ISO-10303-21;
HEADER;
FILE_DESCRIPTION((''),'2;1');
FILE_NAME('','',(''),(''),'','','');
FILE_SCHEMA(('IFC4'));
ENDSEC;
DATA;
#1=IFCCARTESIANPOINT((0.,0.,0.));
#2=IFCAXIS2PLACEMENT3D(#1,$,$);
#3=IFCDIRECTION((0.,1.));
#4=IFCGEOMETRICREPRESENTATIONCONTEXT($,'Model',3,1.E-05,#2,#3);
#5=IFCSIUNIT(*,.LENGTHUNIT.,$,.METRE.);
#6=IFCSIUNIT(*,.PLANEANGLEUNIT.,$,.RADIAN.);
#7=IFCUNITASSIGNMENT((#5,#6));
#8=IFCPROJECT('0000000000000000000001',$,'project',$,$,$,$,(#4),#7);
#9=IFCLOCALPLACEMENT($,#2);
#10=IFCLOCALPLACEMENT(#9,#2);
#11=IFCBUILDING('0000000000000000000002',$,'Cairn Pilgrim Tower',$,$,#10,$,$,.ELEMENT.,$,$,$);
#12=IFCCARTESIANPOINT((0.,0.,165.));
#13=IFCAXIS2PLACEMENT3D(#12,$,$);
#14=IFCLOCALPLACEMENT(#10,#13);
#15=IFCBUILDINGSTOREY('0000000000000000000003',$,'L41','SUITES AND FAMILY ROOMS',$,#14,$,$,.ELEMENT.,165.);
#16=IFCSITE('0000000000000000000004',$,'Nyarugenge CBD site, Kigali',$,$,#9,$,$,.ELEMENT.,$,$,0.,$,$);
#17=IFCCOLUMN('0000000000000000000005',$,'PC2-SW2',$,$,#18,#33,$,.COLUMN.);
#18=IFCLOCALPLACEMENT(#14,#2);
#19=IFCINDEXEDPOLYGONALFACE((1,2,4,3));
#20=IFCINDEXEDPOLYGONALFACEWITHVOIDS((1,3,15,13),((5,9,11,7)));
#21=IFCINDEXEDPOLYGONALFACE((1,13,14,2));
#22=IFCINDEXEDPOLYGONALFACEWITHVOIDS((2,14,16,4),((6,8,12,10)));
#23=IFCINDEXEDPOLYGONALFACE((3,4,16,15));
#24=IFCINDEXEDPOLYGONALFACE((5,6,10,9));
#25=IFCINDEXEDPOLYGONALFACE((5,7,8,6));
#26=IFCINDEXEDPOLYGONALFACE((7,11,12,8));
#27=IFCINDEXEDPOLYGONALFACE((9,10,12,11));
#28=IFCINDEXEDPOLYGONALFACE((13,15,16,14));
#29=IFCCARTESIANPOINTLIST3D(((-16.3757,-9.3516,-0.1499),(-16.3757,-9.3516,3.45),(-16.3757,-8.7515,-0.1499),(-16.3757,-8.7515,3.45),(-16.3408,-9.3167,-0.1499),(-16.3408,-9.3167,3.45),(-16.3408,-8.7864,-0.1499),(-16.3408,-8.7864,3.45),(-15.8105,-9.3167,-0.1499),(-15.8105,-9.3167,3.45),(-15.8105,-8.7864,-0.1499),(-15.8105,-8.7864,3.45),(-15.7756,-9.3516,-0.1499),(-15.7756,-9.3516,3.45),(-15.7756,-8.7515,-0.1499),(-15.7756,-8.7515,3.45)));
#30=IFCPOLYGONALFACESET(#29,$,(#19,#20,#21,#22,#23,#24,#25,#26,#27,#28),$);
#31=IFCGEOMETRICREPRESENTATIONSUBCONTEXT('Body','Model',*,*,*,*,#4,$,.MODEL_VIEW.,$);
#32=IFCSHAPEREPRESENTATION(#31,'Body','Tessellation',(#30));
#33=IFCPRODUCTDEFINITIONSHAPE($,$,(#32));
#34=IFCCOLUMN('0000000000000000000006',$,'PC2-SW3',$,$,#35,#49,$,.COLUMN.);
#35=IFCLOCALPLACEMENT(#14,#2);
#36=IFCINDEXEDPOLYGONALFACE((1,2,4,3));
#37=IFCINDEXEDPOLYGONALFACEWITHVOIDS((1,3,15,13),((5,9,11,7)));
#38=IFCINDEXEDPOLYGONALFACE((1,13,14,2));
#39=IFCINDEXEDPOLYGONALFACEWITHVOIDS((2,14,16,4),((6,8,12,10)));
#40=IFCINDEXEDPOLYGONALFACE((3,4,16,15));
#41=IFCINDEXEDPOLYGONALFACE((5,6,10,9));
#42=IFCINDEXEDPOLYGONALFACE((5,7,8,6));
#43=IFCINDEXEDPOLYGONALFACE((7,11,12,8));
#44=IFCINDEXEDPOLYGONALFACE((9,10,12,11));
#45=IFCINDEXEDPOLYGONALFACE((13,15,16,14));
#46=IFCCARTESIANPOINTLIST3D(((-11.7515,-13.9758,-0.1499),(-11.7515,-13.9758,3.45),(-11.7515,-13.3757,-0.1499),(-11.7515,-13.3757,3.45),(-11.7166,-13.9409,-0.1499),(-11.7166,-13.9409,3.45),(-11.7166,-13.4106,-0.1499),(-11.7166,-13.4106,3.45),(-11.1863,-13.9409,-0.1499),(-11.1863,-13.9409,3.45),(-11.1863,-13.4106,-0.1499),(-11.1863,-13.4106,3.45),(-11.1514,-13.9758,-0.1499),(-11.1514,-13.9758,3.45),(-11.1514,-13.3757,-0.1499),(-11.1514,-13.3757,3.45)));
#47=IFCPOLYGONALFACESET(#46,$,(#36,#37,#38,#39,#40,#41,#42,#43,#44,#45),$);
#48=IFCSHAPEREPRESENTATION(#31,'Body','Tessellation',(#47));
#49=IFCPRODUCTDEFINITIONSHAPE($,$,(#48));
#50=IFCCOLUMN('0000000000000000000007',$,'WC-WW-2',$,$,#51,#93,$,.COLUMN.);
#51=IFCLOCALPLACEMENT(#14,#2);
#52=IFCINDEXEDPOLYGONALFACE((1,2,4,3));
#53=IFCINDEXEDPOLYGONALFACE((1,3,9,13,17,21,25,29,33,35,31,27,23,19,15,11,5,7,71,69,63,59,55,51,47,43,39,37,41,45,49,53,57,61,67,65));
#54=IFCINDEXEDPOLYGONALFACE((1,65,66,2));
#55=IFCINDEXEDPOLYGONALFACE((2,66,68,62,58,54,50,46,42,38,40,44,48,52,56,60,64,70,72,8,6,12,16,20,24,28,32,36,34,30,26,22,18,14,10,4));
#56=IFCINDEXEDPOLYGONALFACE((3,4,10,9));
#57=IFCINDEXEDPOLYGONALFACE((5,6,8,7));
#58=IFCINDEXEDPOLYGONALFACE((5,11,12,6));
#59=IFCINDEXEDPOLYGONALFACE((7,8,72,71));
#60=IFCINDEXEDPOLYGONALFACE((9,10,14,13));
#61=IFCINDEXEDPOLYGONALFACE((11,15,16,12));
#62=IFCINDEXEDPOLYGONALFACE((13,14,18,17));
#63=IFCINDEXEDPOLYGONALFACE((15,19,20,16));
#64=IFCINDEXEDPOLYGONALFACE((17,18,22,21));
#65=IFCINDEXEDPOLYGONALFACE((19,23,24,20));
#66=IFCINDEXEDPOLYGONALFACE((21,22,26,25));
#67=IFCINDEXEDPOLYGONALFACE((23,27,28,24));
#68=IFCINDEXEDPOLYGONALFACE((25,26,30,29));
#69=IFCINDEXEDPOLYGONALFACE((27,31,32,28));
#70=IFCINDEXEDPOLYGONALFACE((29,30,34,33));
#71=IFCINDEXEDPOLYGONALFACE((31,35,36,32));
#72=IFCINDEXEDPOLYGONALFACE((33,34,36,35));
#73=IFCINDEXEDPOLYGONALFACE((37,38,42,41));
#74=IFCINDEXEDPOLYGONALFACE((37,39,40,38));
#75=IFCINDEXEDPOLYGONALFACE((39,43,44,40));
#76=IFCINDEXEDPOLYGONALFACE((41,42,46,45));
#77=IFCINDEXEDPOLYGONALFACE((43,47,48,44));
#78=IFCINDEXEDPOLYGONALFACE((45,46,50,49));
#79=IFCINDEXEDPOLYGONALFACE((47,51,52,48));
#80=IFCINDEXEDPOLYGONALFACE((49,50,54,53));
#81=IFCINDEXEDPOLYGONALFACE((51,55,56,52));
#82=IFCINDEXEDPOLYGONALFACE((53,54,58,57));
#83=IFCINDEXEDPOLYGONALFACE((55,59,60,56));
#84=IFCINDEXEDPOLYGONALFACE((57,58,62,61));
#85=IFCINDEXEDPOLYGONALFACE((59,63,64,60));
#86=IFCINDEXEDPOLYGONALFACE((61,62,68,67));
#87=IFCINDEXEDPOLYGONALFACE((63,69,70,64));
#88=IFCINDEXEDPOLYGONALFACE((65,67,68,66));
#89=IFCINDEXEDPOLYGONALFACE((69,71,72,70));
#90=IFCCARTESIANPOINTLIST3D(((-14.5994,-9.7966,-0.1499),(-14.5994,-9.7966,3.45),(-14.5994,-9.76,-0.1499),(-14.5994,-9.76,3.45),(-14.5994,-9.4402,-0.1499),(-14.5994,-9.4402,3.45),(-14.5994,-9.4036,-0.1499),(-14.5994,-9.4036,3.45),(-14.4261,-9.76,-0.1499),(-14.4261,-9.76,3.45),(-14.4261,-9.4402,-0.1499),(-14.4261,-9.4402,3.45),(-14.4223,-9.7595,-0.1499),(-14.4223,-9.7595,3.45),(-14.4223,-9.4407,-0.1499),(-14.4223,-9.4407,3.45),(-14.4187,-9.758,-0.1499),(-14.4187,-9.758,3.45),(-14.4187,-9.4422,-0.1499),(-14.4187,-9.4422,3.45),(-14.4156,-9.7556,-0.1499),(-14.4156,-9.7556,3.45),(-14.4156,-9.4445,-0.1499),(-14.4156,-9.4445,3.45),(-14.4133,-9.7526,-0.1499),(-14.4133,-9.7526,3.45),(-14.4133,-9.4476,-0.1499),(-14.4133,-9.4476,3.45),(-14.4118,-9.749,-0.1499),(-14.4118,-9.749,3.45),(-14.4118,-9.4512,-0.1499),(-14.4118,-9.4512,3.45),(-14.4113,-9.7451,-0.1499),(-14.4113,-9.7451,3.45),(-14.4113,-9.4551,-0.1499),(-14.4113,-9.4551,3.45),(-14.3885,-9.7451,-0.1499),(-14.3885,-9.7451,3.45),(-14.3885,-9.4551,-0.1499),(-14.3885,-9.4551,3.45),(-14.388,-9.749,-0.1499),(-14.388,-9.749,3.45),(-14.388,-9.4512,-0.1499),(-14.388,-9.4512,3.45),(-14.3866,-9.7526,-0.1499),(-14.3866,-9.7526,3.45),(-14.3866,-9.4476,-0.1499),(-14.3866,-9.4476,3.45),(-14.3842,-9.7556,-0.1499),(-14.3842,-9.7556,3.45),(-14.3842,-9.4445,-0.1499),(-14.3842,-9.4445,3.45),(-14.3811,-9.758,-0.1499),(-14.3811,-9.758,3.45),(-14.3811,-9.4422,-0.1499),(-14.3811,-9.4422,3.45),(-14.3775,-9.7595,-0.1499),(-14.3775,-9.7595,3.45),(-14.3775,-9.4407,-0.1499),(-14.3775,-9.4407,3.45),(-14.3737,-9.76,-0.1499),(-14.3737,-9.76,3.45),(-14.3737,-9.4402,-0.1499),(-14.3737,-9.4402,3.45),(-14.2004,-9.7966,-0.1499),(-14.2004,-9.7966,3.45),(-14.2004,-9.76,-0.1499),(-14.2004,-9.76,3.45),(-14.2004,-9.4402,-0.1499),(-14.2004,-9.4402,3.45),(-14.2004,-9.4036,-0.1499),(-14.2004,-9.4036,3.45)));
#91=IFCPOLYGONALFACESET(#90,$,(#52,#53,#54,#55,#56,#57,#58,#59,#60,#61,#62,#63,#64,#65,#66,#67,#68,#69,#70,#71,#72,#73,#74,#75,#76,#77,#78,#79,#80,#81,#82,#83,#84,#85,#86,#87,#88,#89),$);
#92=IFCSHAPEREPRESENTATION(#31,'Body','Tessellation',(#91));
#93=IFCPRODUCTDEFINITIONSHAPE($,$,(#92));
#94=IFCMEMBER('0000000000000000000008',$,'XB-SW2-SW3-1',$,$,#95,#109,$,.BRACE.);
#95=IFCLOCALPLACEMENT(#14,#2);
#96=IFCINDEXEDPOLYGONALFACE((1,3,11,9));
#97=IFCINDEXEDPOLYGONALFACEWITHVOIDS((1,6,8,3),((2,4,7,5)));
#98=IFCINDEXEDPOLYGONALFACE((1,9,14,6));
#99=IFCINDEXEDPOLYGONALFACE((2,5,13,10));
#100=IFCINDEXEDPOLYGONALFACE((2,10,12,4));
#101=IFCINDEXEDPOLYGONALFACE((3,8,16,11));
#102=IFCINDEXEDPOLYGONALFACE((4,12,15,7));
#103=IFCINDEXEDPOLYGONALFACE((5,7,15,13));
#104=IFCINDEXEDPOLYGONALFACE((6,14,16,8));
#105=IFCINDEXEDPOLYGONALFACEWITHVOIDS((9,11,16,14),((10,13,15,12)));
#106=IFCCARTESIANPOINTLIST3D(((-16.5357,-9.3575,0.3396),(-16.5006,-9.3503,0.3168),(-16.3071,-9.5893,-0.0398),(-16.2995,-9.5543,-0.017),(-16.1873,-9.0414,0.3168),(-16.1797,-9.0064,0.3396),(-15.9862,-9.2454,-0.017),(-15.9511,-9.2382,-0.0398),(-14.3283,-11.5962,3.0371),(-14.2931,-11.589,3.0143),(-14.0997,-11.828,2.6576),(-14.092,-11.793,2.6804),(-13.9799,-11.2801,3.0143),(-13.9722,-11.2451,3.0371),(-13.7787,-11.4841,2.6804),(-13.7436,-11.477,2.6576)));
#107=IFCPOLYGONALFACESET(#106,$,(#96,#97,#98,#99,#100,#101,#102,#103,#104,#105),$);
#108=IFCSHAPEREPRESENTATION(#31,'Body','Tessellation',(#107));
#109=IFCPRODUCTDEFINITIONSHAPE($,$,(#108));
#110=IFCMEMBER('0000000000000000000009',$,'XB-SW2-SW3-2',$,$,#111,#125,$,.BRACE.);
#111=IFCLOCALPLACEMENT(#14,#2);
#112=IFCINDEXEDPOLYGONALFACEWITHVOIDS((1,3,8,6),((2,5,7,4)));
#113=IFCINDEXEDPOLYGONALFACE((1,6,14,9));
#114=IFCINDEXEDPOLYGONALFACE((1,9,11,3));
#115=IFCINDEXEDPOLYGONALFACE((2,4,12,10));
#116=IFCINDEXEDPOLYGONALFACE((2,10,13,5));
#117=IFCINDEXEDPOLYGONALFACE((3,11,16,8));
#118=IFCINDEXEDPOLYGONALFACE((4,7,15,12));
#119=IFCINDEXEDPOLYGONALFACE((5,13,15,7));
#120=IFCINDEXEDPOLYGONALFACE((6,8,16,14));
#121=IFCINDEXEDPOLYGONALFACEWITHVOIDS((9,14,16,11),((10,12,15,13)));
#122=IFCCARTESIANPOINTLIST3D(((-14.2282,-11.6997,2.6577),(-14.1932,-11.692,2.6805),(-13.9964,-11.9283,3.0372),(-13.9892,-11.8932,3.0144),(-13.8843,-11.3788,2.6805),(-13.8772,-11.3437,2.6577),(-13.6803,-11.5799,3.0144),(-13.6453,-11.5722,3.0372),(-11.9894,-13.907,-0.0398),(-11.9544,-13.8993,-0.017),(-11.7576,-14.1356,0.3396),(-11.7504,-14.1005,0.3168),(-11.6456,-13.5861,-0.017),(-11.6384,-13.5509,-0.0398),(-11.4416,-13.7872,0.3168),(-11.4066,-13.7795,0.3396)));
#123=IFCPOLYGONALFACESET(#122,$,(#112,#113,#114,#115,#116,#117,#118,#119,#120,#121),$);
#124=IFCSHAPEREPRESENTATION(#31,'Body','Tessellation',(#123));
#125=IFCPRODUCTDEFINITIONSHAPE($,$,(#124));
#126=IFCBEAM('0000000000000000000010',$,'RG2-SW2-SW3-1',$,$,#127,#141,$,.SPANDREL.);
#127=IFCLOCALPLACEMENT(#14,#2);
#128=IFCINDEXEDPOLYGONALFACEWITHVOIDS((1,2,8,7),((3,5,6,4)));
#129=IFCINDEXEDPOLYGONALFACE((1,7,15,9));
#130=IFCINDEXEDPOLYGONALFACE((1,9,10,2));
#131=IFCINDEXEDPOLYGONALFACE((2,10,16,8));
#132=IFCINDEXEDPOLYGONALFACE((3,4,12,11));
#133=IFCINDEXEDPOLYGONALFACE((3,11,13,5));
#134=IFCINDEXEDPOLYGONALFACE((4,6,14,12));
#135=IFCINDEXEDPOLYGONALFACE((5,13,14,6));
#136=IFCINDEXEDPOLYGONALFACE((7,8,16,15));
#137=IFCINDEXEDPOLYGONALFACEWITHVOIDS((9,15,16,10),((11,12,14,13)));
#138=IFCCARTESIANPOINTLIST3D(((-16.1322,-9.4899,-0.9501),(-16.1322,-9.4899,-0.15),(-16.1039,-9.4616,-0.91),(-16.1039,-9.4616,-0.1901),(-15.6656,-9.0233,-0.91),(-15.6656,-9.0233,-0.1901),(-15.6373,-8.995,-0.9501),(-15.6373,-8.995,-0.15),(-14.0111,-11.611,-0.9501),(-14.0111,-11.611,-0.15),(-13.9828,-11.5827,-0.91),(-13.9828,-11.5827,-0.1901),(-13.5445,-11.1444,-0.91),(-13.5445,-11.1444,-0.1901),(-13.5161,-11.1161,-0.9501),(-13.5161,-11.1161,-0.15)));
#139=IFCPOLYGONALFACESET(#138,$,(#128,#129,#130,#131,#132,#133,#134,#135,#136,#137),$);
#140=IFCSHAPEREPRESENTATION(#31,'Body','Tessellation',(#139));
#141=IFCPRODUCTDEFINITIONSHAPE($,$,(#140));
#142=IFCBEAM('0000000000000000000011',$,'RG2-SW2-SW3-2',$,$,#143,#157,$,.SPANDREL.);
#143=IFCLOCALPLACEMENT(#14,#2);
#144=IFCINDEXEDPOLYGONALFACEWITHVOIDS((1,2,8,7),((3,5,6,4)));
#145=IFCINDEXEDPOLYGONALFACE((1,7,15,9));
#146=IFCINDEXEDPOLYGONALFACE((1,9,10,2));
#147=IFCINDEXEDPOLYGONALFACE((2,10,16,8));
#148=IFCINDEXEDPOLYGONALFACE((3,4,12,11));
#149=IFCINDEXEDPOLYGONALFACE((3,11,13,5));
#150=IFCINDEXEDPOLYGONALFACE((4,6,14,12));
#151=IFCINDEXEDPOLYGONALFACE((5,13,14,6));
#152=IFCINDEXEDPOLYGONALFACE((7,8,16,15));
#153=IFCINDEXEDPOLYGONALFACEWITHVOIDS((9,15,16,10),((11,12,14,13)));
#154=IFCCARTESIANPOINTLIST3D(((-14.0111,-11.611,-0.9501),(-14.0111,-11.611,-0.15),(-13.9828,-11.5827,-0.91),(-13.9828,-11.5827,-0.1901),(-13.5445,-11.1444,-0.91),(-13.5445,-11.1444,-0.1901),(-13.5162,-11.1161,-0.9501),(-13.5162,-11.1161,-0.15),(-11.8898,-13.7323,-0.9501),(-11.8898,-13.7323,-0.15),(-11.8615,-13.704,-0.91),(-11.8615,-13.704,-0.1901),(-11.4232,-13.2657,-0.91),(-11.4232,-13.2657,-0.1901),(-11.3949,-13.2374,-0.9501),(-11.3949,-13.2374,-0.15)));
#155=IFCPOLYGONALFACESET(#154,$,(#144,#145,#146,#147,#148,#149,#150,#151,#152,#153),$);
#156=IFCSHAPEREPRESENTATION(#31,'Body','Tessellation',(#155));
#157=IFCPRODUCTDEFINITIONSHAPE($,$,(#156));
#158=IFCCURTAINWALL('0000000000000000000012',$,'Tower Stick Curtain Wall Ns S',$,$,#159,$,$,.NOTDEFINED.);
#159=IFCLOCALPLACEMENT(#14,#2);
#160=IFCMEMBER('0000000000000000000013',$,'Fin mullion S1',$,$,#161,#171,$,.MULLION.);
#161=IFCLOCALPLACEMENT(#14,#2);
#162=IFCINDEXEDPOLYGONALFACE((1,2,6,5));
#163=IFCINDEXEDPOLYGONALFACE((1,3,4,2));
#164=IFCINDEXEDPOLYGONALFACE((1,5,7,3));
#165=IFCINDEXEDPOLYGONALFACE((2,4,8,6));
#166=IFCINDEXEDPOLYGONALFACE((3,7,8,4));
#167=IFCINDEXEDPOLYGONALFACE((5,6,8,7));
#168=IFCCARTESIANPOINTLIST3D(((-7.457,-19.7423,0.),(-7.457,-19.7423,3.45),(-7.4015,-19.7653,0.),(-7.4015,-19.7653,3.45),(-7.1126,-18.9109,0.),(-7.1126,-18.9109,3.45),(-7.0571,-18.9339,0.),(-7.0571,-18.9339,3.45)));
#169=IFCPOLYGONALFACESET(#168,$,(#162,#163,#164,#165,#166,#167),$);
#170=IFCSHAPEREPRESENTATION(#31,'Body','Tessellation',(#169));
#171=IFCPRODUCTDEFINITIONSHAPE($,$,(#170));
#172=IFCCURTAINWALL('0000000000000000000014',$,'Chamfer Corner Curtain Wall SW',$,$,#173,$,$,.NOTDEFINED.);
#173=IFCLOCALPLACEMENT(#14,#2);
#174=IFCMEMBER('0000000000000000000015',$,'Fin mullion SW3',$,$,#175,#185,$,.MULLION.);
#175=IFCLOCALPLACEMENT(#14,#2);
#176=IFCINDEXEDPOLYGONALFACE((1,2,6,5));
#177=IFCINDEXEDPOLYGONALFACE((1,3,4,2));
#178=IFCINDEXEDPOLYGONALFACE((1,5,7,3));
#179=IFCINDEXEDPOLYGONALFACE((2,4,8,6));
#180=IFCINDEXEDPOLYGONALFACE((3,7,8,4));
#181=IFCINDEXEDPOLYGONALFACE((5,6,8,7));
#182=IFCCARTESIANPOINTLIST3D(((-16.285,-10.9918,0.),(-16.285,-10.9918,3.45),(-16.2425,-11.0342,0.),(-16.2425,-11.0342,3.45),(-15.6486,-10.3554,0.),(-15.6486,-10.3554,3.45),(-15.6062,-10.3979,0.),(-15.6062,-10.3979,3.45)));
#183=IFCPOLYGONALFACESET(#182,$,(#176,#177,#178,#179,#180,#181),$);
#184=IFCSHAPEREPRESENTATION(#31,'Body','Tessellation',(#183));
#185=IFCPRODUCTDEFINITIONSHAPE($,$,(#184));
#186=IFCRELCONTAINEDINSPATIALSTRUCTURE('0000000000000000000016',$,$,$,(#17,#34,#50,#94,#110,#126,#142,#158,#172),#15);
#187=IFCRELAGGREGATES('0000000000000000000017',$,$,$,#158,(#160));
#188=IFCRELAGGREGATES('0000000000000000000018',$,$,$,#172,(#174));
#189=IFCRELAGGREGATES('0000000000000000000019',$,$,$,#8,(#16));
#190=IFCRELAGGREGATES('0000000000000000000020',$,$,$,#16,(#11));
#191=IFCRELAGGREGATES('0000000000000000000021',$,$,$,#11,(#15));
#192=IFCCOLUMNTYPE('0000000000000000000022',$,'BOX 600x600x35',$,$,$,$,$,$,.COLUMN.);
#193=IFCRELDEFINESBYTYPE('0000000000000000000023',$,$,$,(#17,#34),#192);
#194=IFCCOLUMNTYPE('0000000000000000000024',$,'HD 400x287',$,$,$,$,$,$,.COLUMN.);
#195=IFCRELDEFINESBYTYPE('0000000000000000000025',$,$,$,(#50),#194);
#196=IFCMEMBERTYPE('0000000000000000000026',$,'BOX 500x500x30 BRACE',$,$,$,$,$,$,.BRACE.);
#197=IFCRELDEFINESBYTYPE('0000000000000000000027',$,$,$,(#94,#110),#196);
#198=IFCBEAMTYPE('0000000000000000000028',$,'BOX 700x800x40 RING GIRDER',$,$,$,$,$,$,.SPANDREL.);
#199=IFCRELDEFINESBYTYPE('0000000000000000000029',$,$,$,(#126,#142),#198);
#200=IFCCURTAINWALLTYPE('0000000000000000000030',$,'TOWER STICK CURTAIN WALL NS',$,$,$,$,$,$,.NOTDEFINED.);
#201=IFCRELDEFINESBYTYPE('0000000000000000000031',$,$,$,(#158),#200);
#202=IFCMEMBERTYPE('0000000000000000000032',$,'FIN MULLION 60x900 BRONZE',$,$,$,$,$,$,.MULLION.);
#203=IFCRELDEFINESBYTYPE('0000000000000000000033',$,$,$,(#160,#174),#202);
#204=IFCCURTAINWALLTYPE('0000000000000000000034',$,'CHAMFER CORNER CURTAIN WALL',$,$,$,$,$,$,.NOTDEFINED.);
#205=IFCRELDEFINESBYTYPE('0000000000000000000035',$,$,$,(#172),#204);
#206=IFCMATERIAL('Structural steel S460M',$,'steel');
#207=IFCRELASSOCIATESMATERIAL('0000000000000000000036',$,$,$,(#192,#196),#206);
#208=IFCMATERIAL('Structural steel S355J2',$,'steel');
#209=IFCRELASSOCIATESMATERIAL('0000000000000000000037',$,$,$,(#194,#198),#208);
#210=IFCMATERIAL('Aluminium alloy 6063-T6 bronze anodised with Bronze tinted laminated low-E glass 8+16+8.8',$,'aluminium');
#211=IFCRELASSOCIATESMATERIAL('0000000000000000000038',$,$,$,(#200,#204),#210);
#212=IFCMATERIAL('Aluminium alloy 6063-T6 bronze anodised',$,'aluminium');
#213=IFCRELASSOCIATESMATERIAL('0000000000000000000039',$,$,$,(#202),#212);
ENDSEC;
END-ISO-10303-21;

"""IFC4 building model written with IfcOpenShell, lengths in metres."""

from ifc_helpers import new_model, si_unit, direction, frame, origin, origin_2d, place, context, subcontext, project, spatial, rectangle, hollow_rectangle, i_section, extrude, material, material_profile, profile_set, type_object, element, aggregate, save


model = new_model("IFC4")

# Units and contexts
model_context = context("Model", 3, precision=1e-05, world=origin(), true_north=direction((0.0, 1.0)))
body_context = subcontext(model_context, "Body", "Model", "MODEL_VIEW")
ifc_project = project(units=[si_unit("LENGTHUNIT", "METRE"), si_unit("PLANEANGLEUNIT", "RADIAN")], contexts=[model_context])

# Site, building, storey
site_placement = place(None, origin())
site = spatial("IfcSite", under=ifc_project, at=site_placement, Name="Nyarugenge CBD site, Kigali", CompositionType="ELEMENT", RefElevation=0.0)
building_placement = place(site_placement, origin())
building = spatial("IfcBuilding", under=site, at=building_placement, Name="Cairn Pilgrim Tower", CompositionType="ELEMENT")
storey_placement = place(building_placement, frame((0.0, 0.0, 165.0)))
storey = spatial("IfcBuildingStorey", under=building, at=storey_placement, Name="L41", Description="SUITES AND FAMILY ROOMS", CompositionType="ELEMENT", Elevation=165.0)

# Columns
ifc_material_1 = material(Name="Structural steel S460M", Category="steel")
ifc_material_profile_1 = material_profile(ifc_material_1, hollow_rectangle(XDim=0.6001, YDim=0.6001, WallThickness=0.0349, at=origin_2d()), Name="BOX 600x600x35")
ifc_profile_set_1 = profile_set([ifc_material_profile_1], Name="Structural steel S460M")
column_type_1 = type_object("IfcColumnType", Name="BOX 600x600x35", PredefinedType="COLUMN", material=ifc_profile_set_1)
for number, where, z_axis, x_axis, name in (
    (1, (-16.0757, -9.0515, -0.1499), (0.0, 0.0, 1.0), (1.0, 0.0, 0.0), "PC2-SW2"),
    (2, (-11.4514, -13.6758, -0.1499), (0.0, 0.0, 1.0), (1.0, 0.0, 0.0), "PC2-SW3"),
):
    element("IfcColumn", number, at=place(storey_placement, frame(where, z_axis=z_axis, x_axis=x_axis)), inside=storey, type_object=column_type_1, Name=name, PredefinedType="COLUMN", context=body_context, shape_type="SweptSolid", body=[
        extrude(hollow_rectangle(XDim=0.6001, YDim=0.6001, WallThickness=0.0349, at=origin_2d()), origin(), (0.0, 0.0, 1.0), 3.5999),
    ])
ifc_material_2 = material(Name="Structural steel S355J2", Category="steel")
ifc_material_profile_2 = material_profile(ifc_material_2, i_section(OverallWidth=0.3989, OverallDepth=0.3931, WebThickness=0.0227, FlangeThickness=0.0366, FilletRadius=0.0149, at=origin_2d()), Name="HD 400x287")
ifc_profile_set_2 = profile_set([ifc_material_profile_2], Name="Structural steel S355J2")
column_type_2 = type_object("IfcColumnType", Name="HD 400x287", PredefinedType="COLUMN", material=ifc_profile_set_2)
column_placement = place(storey_placement, frame((-14.3999, -9.6001, -0.1499), z_axis=(0.0, 0.0, 1.0), x_axis=(1.0, 0.0, 0.0)))
element("IfcColumn", 3, at=column_placement, inside=storey, type_object=column_type_2, Name="WC-WW-2", PredefinedType="COLUMN", context=body_context, shape_type="SweptSolid", body=[
    extrude(i_section(OverallWidth=0.3989, OverallDepth=0.3931, WebThickness=0.0227, FlangeThickness=0.0366, FilletRadius=0.0149, at=origin_2d()), origin(), (0.0, 0.0, 1.0), 3.5999),
])

# Members
ifc_material_profile_3 = material_profile(ifc_material_1, hollow_rectangle(XDim=0.5, YDim=0.5, WallThickness=0.03, at=origin_2d()), Name="BOX 500x500x30")
ifc_profile_set_3 = profile_set([ifc_material_profile_3], Name="Structural steel S460M")
member_type_1 = type_object("IfcMemberType", Name="BOX 500x500x30 BRACE", PredefinedType="BRACE", material=ifc_profile_set_3)
for number, where, z_axis, x_axis, name in (
    (4, (-16.2434, -9.2979, 0.1499), (0.532872, -0.540416, 0.651151), (0.712059, 0.70212, 0.0), "XB-SW2-SW3-1"),
    (5, (-11.698, -13.8433, 0.1499), (-0.540433, 0.53283, 0.651171), (-0.70208, -0.712098, 0.0), "XB-SW2-SW3-2"),
):
    element("IfcMember", number, at=place(storey_placement, frame(where, z_axis=z_axis, x_axis=x_axis)), inside=storey, type_object=member_type_1, Name=name, PredefinedType="BRACE", context=body_context, shape_type="SweptSolid", body=[
        extrude(hollow_rectangle(XDim=0.5, YDim=0.5, WallThickness=0.03, at=origin_2d()), origin(), (0.0, 0.0, 1.0), 4.1426),
    ])

# Beams
ifc_material_profile_4 = material_profile(ifc_material_2, hollow_rectangle(XDim=0.7, YDim=0.8, WallThickness=0.04, at=origin_2d()), Name="BOX 700x800x40")
ifc_profile_set_4 = profile_set([ifc_material_profile_4], Name="Structural steel S355J2")
beam_type_1 = type_object("IfcBeamType", Name="BOX 700x800x40 RING GIRDER", PredefinedType="SPANDREL", material=ifc_profile_set_4)
beam_1_placement = place(storey_placement, frame((-15.8848, -9.2424, -0.55), z_axis=(0.707107, -0.707107, 0.0), x_axis=(0.707107, 0.707107, 0.0)))
element("IfcBeam", 6, at=beam_1_placement, inside=storey, type_object=beam_type_1, Name="RG2-SW2-SW3-1", PredefinedType="SPANDREL", context=body_context, shape_type="SweptSolid", body=[
    extrude(hollow_rectangle(XDim=0.7, YDim=0.8, WallThickness=0.04, at=origin_2d()), origin(), (0.0, 0.0, 1.0), 2.9998),
])
beam_2_placement = place(storey_placement, frame((-13.7637, -11.3635, -0.55), z_axis=(0.707107, -0.707107, 0.0), x_axis=(0.707107, 0.707107, 0.0)))
element("IfcBeam", 7, at=beam_2_placement, inside=storey, type_object=beam_type_1, Name="RG2-SW2-SW3-2", PredefinedType="SPANDREL", context=body_context, shape_type="SweptSolid", body=[
    extrude(hollow_rectangle(XDim=0.7, YDim=0.8, WallThickness=0.04, at=origin_2d()), origin(), (0.0, 0.0, 1.0), 3.0),
])

# Curtain wall, member
ifc_material_3 = material(Name="Aluminium alloy 6063-T6 bronze anodised with Bronze tinted laminated low-E glass 8+16+8.8", Category="aluminium")
curtain_wall_type_1 = type_object("IfcCurtainWallType", Name="TOWER STICK CURTAIN WALL NS", PredefinedType="NOTDEFINED", material=ifc_material_3)
curtain_wall_1_placement = place(storey_placement, origin())
curtain_wall_1 = element("IfcCurtainWall", 8, at=curtain_wall_1_placement, inside=storey, type_object=curtain_wall_type_1, Name="Tower Stick Curtain Wall Ns S", PredefinedType="NOTDEFINED")
ifc_material_4 = material(Name="Aluminium alloy 6063-T6 bronze anodised", Category="aluminium")
ifc_material_profile_5 = material_profile(ifc_material_4, rectangle(XDim=0.8999, YDim=0.0601, at=origin_2d()), Name="FIN MULLION 60x900 BRONZE")
ifc_profile_set_5 = profile_set([ifc_material_profile_5], Name="Aluminium alloy 6063-T6 bronze anodised")
member_type_2 = type_object("IfcMemberType", Name="FIN MULLION 60x900 BRONZE", PredefinedType="MULLION", material=ifc_profile_set_5)
member_1_placement = place(storey_placement, frame((-7.2571, -19.3381, 0.0), z_axis=(0.0, 0.0, 1.0), x_axis=(-0.382683, -0.92388, 0.0)))
member_1 = element("IfcMember", 9, at=member_1_placement, type_object=member_type_2, Name="Fin mullion S1", PredefinedType="MULLION", context=body_context, shape_type="SweptSolid", body=[
    extrude(rectangle(XDim=0.8999, YDim=0.0601, at=origin_2d()), origin(), (0.0, 0.0, 1.0), 3.45),
])
aggregate(curtain_wall_1, [member_1])

# Curtain wall, member
curtain_wall_type_2 = type_object("IfcCurtainWallType", Name="CHAMFER CORNER CURTAIN WALL", PredefinedType="NOTDEFINED", material=ifc_material_3)
curtain_wall_2_placement = place(storey_placement, origin())
curtain_wall_2 = element("IfcCurtainWall", 10, at=curtain_wall_2_placement, inside=storey, type_object=curtain_wall_type_2, Name="Chamfer Corner Curtain Wall SW", PredefinedType="NOTDEFINED")
member_2_placement = place(storey_placement, frame((-15.9456, -10.6948, 0.0), z_axis=(0.0, 0.0, 1.0), x_axis=(-0.707107, -0.707107, 0.0)))
member_2 = element("IfcMember", 11, at=member_2_placement, type_object=member_type_2, Name="Fin mullion SW3", PredefinedType="MULLION", context=body_context, shape_type="SweptSolid", body=[
    extrude(rectangle(XDim=0.8999, YDim=0.0601, at=origin_2d()), origin(), (0.0, 0.0, 1.0), 3.45),
])

aggregate(curtain_wall_2, [member_2])

save(model, "model.ifc")
